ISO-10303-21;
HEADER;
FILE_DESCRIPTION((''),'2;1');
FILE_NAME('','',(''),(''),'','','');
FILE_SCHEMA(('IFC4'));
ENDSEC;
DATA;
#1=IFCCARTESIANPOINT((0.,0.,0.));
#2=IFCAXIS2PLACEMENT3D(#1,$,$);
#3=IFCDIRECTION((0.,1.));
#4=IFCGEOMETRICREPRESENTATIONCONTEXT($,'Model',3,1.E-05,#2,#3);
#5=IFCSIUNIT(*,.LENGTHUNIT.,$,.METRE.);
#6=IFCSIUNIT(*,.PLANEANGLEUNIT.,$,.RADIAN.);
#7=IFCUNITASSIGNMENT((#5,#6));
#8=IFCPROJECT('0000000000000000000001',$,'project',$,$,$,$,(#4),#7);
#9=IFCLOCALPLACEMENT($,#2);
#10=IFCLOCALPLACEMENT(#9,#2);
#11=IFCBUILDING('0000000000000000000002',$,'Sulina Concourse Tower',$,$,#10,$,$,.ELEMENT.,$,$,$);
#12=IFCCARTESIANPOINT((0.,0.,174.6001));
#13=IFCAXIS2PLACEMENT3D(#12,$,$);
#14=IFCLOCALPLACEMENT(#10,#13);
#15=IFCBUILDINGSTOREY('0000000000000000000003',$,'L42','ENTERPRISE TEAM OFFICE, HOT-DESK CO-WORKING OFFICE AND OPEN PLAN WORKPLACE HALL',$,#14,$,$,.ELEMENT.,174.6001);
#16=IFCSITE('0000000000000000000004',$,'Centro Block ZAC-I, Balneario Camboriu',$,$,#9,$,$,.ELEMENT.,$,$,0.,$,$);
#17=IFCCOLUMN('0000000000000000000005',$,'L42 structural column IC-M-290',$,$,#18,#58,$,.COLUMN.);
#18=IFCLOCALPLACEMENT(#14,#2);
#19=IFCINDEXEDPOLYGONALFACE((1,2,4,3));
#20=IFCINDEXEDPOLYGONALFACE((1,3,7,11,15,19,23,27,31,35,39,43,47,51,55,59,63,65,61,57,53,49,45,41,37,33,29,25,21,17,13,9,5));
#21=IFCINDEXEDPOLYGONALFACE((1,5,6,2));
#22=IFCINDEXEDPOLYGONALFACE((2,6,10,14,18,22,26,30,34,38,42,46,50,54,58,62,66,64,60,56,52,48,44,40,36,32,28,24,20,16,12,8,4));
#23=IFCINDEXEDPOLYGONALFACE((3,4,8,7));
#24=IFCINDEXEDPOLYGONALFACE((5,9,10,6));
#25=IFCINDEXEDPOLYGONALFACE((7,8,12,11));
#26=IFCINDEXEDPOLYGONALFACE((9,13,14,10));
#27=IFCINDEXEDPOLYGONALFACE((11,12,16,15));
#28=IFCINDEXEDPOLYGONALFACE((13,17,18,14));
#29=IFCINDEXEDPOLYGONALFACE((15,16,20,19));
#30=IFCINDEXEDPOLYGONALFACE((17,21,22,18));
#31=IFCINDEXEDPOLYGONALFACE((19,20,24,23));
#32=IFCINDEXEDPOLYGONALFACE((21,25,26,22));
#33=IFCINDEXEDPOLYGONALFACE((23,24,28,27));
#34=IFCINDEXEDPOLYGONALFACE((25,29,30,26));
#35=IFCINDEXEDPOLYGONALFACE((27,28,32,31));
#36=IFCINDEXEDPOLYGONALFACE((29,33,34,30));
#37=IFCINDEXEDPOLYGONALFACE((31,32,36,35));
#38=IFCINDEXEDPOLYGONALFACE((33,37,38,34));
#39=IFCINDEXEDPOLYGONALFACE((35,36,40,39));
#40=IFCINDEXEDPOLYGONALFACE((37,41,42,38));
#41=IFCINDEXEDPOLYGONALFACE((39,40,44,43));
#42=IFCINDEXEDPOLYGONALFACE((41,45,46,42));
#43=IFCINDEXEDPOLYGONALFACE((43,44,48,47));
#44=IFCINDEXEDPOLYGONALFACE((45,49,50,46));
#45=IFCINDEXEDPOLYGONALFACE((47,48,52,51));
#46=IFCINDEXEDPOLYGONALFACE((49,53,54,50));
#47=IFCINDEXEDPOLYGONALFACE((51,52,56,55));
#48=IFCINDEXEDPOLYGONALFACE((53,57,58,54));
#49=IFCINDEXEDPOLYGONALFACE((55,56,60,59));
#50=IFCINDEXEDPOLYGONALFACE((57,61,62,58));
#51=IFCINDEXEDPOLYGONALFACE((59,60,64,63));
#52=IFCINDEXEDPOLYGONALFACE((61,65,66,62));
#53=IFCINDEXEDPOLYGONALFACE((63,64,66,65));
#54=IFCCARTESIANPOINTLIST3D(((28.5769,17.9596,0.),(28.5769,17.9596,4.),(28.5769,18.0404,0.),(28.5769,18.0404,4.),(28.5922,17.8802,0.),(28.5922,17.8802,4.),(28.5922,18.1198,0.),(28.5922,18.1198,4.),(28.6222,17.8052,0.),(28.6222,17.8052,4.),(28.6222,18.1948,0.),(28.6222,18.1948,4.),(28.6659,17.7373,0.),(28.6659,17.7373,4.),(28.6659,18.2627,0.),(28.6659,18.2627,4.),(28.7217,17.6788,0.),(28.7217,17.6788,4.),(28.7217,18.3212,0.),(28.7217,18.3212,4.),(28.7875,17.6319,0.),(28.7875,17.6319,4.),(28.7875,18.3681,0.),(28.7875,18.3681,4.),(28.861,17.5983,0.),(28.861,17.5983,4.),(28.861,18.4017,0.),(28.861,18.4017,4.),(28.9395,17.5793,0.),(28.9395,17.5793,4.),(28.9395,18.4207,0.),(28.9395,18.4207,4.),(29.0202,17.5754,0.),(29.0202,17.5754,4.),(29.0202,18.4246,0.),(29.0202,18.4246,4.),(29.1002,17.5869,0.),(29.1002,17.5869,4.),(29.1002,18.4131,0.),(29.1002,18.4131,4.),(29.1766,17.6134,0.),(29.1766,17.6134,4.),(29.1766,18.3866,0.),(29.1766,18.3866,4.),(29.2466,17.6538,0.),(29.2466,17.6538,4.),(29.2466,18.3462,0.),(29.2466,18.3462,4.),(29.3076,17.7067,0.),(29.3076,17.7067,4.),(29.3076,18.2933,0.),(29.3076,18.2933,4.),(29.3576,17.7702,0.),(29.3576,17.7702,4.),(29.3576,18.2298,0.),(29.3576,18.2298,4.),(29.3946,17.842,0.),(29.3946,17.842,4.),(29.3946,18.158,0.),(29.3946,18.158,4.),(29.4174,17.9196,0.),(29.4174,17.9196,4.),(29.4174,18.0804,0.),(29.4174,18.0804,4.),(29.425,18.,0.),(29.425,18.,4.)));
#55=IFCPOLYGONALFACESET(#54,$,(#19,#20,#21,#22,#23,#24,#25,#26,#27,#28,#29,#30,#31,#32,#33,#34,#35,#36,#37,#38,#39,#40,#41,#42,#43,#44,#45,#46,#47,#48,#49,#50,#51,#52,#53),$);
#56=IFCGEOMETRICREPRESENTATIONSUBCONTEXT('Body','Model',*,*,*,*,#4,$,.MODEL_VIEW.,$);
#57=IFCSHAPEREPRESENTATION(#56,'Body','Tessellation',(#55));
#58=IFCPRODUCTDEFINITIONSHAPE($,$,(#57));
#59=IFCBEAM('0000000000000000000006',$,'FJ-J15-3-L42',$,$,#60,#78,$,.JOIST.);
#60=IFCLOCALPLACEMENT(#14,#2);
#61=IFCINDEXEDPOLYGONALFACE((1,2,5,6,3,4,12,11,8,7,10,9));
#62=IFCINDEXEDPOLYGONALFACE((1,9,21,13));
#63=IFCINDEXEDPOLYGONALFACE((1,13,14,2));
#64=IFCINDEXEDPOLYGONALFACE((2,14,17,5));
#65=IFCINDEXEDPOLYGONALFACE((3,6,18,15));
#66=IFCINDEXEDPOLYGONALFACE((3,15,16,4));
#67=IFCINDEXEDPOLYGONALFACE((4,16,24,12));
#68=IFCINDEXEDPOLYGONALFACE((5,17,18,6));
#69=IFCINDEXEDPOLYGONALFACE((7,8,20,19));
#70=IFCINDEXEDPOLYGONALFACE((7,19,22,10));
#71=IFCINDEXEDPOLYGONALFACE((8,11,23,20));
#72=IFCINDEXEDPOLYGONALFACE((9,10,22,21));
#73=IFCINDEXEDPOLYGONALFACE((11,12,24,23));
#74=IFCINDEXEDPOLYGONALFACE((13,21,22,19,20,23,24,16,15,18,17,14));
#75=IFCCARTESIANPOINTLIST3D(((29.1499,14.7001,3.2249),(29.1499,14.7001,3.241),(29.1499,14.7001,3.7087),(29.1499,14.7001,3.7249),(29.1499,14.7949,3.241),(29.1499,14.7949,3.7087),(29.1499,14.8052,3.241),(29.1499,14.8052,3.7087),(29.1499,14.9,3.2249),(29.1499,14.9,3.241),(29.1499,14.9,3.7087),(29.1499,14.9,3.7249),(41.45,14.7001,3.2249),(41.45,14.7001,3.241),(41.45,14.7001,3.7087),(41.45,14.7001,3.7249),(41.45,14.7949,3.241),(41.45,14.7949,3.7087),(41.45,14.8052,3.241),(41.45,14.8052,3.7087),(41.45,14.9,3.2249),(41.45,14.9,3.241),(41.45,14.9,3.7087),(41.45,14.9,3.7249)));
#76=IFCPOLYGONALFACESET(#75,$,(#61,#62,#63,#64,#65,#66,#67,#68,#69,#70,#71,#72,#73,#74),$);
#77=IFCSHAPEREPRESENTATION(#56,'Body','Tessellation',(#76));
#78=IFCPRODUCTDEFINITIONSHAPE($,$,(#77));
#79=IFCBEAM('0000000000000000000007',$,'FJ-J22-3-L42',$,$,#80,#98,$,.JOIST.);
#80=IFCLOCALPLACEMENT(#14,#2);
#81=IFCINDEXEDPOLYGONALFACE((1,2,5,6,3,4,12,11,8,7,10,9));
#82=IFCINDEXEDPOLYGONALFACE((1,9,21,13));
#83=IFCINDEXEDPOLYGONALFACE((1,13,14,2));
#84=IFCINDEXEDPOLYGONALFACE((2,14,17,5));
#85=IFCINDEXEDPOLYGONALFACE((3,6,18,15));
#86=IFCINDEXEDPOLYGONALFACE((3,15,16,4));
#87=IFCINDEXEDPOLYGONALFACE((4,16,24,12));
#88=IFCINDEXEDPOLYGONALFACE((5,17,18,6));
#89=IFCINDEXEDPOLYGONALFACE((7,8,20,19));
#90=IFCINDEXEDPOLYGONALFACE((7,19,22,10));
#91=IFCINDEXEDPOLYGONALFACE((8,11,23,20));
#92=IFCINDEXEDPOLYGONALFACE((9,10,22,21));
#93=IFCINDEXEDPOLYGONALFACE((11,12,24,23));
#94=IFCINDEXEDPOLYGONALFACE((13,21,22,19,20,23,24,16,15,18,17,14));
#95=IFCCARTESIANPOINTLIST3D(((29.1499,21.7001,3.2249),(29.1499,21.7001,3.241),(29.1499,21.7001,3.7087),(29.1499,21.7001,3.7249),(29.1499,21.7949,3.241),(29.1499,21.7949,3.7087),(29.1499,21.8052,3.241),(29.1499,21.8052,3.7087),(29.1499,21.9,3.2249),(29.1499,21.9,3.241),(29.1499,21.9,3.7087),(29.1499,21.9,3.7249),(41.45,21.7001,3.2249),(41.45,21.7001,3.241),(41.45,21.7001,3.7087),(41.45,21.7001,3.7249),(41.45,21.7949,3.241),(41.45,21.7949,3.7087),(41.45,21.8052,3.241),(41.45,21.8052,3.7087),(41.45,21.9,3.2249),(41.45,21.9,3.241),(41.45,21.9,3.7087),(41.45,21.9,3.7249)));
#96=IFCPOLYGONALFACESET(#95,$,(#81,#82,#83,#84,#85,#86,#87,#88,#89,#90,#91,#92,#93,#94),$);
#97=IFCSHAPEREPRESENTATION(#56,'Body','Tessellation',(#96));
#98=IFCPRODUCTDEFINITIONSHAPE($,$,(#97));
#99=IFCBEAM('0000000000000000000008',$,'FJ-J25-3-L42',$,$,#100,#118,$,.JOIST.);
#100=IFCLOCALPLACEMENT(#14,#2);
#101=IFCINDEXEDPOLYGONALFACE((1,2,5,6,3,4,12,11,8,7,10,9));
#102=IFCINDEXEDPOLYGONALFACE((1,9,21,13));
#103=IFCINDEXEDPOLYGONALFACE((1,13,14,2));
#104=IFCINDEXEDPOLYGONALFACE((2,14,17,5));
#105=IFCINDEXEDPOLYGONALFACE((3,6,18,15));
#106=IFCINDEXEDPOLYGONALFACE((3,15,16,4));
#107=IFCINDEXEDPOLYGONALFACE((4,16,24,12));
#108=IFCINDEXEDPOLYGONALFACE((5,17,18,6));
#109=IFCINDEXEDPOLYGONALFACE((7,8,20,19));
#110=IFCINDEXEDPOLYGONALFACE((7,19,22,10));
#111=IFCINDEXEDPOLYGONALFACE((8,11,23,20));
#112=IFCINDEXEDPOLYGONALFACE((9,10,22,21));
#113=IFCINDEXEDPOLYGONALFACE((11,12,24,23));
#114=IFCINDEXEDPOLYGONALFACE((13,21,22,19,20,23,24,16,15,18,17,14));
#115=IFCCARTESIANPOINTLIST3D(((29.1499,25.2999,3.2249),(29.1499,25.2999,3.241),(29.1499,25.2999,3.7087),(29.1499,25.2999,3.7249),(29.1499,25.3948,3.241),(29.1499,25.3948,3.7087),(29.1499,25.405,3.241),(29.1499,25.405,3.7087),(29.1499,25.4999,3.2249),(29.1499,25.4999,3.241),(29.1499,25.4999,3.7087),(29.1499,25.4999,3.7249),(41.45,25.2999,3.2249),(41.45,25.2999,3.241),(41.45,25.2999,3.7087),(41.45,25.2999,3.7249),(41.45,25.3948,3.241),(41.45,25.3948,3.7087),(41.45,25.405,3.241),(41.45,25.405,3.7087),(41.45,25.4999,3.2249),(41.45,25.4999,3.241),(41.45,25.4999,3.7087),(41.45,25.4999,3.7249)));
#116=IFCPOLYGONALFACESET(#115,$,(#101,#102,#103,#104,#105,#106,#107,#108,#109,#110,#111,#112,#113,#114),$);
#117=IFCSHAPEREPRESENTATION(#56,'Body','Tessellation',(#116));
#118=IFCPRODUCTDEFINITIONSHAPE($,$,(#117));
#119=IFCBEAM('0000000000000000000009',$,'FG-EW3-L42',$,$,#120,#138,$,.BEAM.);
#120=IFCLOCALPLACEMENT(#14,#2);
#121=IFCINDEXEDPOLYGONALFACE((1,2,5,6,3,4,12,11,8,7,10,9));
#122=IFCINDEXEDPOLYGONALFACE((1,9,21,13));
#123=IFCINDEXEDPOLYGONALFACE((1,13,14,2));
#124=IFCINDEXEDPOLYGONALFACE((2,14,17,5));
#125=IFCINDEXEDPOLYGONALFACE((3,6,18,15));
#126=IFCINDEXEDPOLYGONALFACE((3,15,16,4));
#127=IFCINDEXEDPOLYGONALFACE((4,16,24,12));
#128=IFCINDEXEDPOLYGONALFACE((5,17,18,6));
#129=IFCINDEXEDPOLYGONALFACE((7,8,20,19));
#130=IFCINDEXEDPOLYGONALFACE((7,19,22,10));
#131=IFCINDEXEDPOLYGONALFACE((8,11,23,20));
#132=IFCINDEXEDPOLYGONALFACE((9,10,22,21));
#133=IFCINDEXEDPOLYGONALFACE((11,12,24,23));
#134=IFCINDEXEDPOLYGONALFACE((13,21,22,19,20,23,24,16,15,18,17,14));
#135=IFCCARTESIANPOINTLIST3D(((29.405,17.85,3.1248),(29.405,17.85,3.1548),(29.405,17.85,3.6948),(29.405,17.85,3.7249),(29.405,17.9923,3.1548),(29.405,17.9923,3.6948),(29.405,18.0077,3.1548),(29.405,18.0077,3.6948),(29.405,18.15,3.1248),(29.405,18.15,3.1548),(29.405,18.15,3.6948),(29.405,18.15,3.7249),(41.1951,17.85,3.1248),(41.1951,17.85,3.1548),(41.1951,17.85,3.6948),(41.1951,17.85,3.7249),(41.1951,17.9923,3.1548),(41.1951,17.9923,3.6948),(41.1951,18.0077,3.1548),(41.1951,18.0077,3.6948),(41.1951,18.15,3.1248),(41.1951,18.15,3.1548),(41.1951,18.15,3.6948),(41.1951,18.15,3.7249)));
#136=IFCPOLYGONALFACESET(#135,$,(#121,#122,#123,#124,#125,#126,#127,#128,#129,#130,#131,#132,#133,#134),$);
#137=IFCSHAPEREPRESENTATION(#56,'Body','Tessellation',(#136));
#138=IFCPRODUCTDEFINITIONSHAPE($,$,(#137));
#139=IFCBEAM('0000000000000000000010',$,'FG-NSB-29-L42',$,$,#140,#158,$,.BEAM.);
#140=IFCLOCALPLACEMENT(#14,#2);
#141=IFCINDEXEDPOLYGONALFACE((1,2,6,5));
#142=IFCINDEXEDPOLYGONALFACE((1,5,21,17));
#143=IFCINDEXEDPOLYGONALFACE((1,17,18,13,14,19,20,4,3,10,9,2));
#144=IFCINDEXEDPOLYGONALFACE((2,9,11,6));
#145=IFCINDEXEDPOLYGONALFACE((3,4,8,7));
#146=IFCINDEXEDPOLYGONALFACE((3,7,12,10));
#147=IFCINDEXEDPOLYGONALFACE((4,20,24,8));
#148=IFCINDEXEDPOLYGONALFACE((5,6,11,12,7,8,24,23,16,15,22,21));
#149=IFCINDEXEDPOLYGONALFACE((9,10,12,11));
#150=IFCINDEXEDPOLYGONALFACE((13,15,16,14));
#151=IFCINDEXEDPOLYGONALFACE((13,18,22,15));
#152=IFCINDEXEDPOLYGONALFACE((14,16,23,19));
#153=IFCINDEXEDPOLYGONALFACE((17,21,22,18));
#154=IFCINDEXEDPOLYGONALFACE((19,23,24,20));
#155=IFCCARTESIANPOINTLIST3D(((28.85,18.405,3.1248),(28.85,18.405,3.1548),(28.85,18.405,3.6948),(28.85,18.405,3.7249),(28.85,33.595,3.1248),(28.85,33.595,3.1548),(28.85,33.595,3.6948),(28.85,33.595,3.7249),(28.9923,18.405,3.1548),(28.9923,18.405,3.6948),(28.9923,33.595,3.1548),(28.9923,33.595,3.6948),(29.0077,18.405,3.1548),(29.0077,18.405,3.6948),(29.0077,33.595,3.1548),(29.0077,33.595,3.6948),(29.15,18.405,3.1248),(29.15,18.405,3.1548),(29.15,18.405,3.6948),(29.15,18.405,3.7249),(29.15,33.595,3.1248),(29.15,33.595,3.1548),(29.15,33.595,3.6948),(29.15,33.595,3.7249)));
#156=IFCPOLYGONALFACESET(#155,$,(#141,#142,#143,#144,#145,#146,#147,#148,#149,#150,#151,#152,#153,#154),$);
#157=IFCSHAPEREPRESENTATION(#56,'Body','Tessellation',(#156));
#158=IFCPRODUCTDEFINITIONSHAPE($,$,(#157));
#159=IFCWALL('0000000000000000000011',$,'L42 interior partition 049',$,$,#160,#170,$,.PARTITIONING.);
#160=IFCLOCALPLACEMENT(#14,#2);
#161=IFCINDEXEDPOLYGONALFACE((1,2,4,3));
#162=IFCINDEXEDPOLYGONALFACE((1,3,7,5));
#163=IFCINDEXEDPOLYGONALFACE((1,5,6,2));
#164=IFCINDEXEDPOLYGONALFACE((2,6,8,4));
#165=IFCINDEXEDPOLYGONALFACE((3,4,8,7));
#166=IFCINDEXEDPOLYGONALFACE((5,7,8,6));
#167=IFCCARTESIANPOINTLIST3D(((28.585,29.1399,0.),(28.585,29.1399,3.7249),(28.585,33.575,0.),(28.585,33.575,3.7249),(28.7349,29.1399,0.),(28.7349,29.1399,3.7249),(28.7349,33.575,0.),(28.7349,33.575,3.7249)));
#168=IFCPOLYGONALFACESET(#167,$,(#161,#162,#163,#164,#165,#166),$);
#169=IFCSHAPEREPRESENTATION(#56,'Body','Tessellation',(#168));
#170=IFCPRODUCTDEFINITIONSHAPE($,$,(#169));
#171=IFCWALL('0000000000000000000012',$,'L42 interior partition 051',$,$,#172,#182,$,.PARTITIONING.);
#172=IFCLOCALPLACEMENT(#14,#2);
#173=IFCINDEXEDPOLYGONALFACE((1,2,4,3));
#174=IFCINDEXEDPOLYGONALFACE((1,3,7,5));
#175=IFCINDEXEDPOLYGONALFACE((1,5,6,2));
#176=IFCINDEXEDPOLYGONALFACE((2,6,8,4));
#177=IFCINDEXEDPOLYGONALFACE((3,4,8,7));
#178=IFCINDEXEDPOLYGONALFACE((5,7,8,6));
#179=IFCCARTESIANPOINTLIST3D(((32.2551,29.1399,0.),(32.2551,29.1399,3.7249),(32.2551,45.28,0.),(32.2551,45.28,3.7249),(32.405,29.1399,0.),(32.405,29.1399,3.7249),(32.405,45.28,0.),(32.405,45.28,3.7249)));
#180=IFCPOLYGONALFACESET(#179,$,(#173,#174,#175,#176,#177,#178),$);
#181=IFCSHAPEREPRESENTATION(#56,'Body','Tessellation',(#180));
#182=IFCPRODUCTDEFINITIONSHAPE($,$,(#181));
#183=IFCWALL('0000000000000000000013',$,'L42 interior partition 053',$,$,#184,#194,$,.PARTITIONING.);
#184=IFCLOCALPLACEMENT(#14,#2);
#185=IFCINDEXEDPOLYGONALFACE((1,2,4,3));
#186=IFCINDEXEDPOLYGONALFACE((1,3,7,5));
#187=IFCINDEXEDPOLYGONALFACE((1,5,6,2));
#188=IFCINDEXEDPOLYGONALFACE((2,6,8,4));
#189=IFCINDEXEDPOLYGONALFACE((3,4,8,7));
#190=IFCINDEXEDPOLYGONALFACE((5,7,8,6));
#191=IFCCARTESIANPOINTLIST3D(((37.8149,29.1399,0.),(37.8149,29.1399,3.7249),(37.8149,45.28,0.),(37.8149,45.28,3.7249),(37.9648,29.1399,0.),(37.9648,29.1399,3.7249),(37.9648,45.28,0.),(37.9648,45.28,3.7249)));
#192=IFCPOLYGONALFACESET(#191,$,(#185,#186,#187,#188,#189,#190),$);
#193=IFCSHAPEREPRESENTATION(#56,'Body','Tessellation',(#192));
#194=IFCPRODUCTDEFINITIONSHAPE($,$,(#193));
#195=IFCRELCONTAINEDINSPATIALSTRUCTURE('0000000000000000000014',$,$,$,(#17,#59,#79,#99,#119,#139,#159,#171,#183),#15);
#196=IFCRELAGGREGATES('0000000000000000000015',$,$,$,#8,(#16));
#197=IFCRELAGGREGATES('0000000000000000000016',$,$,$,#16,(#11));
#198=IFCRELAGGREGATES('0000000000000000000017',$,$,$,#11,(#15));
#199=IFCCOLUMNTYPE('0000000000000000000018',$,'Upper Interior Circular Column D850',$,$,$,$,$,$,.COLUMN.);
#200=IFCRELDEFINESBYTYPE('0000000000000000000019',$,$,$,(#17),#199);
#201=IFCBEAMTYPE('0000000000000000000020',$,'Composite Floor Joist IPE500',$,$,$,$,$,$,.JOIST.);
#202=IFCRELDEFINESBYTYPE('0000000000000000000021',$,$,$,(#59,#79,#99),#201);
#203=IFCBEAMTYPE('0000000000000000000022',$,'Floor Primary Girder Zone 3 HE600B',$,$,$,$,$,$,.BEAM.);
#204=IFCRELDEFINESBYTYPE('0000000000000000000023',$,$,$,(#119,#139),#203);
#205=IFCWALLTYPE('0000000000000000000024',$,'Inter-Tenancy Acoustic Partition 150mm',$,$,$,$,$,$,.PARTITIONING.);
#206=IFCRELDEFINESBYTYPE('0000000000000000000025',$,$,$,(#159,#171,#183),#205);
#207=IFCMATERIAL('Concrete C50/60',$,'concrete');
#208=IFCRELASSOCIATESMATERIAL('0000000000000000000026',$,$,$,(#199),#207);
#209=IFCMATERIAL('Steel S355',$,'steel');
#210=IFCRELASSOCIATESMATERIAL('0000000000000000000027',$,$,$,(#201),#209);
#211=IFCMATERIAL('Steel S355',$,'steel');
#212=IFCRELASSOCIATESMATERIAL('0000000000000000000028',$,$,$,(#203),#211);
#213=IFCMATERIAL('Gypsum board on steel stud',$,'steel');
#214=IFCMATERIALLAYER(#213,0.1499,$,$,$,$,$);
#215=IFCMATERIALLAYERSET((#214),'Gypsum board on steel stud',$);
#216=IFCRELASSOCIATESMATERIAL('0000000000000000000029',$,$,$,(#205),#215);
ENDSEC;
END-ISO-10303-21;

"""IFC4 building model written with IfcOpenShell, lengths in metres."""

from ifc_helpers import new_model, si_unit, direction, frame, frame_2d, origin, origin_2d, place, context, subcontext, project, spatial, rectangle, circle, i_section, extrude, material, layer, layer_set, material_profile, profile_set, type_object, element, save


model = new_model("IFC4")

# Units and contexts
model_context = context("Model", 3, precision=1e-05, world=origin(), true_north=direction((0.0, 1.0)))
body_context = subcontext(model_context, "Body", "Model", "MODEL_VIEW")
ifc_project = project(units=[si_unit("LENGTHUNIT", "METRE"), si_unit("PLANEANGLEUNIT", "RADIAN")], contexts=[model_context])

# Site, building, storey
site_placement = place(None, origin())
site = spatial("IfcSite", under=ifc_project, at=site_placement, Name="Centro Block ZAC-I, Balneario Camboriu", CompositionType="ELEMENT", RefElevation=0.0)
building_placement = place(site_placement, origin())
building = spatial("IfcBuilding", under=site, at=building_placement, Name="Sulina Concourse Tower", CompositionType="ELEMENT")
storey_placement = place(building_placement, frame((0.0, 0.0, 174.6001)))
storey = spatial("IfcBuildingStorey", under=building, at=storey_placement, Name="L42", Description="ENTERPRISE TEAM OFFICE, HOT-DESK CO-WORKING OFFICE AND OPEN PLAN WORKPLACE HALL", CompositionType="ELEMENT", Elevation=174.6001)

# Column
ifc_material_1 = material(Name="Concrete C50/60", Category="concrete")
ifc_material_profile_1 = material_profile(ifc_material_1, circle(Radius=0.425, at=origin_2d()), Name="RC D850")
ifc_profile_set_1 = profile_set([ifc_material_profile_1], Name="Concrete C50/60")
column_type = type_object("IfcColumnType", Name="Upper Interior Circular Column D850", PredefinedType="COLUMN", material=ifc_profile_set_1)
column_placement = place(storey_placement, frame((29.0, 18.0, 0.0), z_axis=(0.0, 0.0, 1.0), x_axis=(1.0, 0.0, 0.0)))
element("IfcColumn", 1, at=column_placement, inside=storey, type_object=column_type, Name="L42 structural column IC-M-290", PredefinedType="COLUMN", context=body_context, shape_type="SweptSolid", body=[
    extrude(circle(Radius=0.425, at=origin_2d()), origin(), (0.0, 0.0, 1.0), 4.0),
])

# Beams
ifc_material_2 = material(Name="Steel S355", Category="steel")
ifc_material_profile_2 = material_profile(ifc_material_2, i_section(OverallWidth=0.2, OverallDepth=0.5, WebThickness=0.0103, FlangeThickness=0.0161, at=origin_2d()), Name="IPE 500")
ifc_profile_set_2 = profile_set([ifc_material_profile_2], Name="Steel S355")
beam_type_1 = type_object("IfcBeamType", Name="Composite Floor Joist IPE500", PredefinedType="JOIST", material=ifc_profile_set_2)
for number, where, z_axis, x_axis, name in (
    (2, (29.1499, 14.8, 3.4749), (1.0, 0.0, 0.0), (0.0, 1.0, 0.0), "FJ-J15-3-L42"),
    (3, (29.1499, 21.8, 3.4749), (1.0, 0.0, 0.0), (0.0, 1.0, 0.0), "FJ-J22-3-L42"),
    (4, (29.1499, 25.3999, 3.4749), (1.0, 0.0, 0.0), (0.0, 1.0, 0.0), "FJ-J25-3-L42"),
):
    element("IfcBeam", number, at=place(storey_placement, frame(where, z_axis=z_axis, x_axis=x_axis)), inside=storey, type_object=beam_type_1, Name=name, PredefinedType="JOIST", context=body_context, shape_type="SweptSolid", body=[
        extrude(i_section(OverallWidth=0.2, OverallDepth=0.5, WebThickness=0.0103, FlangeThickness=0.0161, at=origin_2d()), origin(), (0.0, 0.0, 1.0), 12.3),
    ])
ifc_material_3 = material(Name="Steel S355", Category="steel")
ifc_material_profile_3 = material_profile(ifc_material_3, i_section(OverallWidth=0.3, OverallDepth=0.6001, WebThickness=0.0154, FlangeThickness=0.03, at=origin_2d()), Name="HE 600 B")
ifc_profile_set_3 = profile_set([ifc_material_profile_3], Name="Steel S355")
beam_type_2 = type_object("IfcBeamType", Name="Floor Primary Girder Zone 3 HE600B", PredefinedType="BEAM", material=ifc_profile_set_3)
beam_1_placement = place(storey_placement, frame((29.405, 18.0, 3.4248), z_axis=(1.0, 0.0, 0.0), x_axis=(0.0, 1.0, 0.0)))
element("IfcBeam", 5, at=beam_1_placement, inside=storey, type_object=beam_type_2, Name="FG-EW3-L42", PredefinedType="BEAM", context=body_context, shape_type="SweptSolid", body=[
    extrude(i_section(OverallWidth=0.3, OverallDepth=0.6001, WebThickness=0.0154, FlangeThickness=0.03, at=origin_2d()), origin(), (0.0, 0.0, 1.0), 11.79),
])
beam_2_placement = place(storey_placement, frame((29.0, 18.405, 3.4248), z_axis=(0.0, 1.0, 0.0), x_axis=(-1.0, 0.0, 0.0)))
element("IfcBeam", 6, at=beam_2_placement, inside=storey, type_object=beam_type_2, Name="FG-NSB-29-L42", PredefinedType="BEAM", context=body_context, shape_type="SweptSolid", body=[
    extrude(i_section(OverallWidth=0.3, OverallDepth=0.6001, WebThickness=0.0154, FlangeThickness=0.03, at=origin_2d()), origin(), (0.0, 0.0, 1.0), 15.1899),
])

# Walls
ifc_material_4 = material(Name="Gypsum board on steel stud", Category="steel")
ifc_layer_1 = layer(ifc_material_4, 0.1499)
ifc_layer_set_1 = layer_set([ifc_layer_1], Name="Gypsum board on steel stud")
wall_type_1 = type_object("IfcWallType", Name="Inter-Tenancy Acoustic Partition 150mm", PredefinedType="PARTITIONING", material=ifc_layer_set_1)
wall_1_placement = place(storey_placement, frame((28.6599, 29.1399, 0.0), z_axis=(0.0, 0.0, 1.0), x_axis=(0.0, 1.0, 0.0)))
element("IfcWall", 7, at=wall_1_placement, inside=storey, type_object=wall_type_1, Name="L42 interior partition 049", PredefinedType="PARTITIONING", context=body_context, shape_type="SweptSolid", body=[
    extrude(rectangle(XDim=4.4351, YDim=0.1499, at=frame_2d((2.2175, 0.0))), origin(), (0.0, 0.0, 1.0), 3.7249),
])
for number, where, z_axis, x_axis, name in (
    (8, (32.3301, 29.1399, 0.0), (0.0, 0.0, 1.0), (0.0, 1.0, 0.0), "L42 interior partition 051"),
    (9, (37.8899, 29.1399, 0.0), (0.0, 0.0, 1.0), (0.0, 1.0, 0.0), "L42 interior partition 053"),
):
    element("IfcWall", number, at=place(storey_placement, frame(where, z_axis=z_axis, x_axis=x_axis)), inside=storey, type_object=wall_type_1, Name=name, PredefinedType="PARTITIONING", context=body_context, shape_type="SweptSolid", body=[
        extrude(rectangle(XDim=16.1401, YDim=0.1499, at=frame_2d((8.0701, 0.0))), origin(), (0.0, 0.0, 1.0), 3.7249),
    ])

save(model, "model.ifc")
